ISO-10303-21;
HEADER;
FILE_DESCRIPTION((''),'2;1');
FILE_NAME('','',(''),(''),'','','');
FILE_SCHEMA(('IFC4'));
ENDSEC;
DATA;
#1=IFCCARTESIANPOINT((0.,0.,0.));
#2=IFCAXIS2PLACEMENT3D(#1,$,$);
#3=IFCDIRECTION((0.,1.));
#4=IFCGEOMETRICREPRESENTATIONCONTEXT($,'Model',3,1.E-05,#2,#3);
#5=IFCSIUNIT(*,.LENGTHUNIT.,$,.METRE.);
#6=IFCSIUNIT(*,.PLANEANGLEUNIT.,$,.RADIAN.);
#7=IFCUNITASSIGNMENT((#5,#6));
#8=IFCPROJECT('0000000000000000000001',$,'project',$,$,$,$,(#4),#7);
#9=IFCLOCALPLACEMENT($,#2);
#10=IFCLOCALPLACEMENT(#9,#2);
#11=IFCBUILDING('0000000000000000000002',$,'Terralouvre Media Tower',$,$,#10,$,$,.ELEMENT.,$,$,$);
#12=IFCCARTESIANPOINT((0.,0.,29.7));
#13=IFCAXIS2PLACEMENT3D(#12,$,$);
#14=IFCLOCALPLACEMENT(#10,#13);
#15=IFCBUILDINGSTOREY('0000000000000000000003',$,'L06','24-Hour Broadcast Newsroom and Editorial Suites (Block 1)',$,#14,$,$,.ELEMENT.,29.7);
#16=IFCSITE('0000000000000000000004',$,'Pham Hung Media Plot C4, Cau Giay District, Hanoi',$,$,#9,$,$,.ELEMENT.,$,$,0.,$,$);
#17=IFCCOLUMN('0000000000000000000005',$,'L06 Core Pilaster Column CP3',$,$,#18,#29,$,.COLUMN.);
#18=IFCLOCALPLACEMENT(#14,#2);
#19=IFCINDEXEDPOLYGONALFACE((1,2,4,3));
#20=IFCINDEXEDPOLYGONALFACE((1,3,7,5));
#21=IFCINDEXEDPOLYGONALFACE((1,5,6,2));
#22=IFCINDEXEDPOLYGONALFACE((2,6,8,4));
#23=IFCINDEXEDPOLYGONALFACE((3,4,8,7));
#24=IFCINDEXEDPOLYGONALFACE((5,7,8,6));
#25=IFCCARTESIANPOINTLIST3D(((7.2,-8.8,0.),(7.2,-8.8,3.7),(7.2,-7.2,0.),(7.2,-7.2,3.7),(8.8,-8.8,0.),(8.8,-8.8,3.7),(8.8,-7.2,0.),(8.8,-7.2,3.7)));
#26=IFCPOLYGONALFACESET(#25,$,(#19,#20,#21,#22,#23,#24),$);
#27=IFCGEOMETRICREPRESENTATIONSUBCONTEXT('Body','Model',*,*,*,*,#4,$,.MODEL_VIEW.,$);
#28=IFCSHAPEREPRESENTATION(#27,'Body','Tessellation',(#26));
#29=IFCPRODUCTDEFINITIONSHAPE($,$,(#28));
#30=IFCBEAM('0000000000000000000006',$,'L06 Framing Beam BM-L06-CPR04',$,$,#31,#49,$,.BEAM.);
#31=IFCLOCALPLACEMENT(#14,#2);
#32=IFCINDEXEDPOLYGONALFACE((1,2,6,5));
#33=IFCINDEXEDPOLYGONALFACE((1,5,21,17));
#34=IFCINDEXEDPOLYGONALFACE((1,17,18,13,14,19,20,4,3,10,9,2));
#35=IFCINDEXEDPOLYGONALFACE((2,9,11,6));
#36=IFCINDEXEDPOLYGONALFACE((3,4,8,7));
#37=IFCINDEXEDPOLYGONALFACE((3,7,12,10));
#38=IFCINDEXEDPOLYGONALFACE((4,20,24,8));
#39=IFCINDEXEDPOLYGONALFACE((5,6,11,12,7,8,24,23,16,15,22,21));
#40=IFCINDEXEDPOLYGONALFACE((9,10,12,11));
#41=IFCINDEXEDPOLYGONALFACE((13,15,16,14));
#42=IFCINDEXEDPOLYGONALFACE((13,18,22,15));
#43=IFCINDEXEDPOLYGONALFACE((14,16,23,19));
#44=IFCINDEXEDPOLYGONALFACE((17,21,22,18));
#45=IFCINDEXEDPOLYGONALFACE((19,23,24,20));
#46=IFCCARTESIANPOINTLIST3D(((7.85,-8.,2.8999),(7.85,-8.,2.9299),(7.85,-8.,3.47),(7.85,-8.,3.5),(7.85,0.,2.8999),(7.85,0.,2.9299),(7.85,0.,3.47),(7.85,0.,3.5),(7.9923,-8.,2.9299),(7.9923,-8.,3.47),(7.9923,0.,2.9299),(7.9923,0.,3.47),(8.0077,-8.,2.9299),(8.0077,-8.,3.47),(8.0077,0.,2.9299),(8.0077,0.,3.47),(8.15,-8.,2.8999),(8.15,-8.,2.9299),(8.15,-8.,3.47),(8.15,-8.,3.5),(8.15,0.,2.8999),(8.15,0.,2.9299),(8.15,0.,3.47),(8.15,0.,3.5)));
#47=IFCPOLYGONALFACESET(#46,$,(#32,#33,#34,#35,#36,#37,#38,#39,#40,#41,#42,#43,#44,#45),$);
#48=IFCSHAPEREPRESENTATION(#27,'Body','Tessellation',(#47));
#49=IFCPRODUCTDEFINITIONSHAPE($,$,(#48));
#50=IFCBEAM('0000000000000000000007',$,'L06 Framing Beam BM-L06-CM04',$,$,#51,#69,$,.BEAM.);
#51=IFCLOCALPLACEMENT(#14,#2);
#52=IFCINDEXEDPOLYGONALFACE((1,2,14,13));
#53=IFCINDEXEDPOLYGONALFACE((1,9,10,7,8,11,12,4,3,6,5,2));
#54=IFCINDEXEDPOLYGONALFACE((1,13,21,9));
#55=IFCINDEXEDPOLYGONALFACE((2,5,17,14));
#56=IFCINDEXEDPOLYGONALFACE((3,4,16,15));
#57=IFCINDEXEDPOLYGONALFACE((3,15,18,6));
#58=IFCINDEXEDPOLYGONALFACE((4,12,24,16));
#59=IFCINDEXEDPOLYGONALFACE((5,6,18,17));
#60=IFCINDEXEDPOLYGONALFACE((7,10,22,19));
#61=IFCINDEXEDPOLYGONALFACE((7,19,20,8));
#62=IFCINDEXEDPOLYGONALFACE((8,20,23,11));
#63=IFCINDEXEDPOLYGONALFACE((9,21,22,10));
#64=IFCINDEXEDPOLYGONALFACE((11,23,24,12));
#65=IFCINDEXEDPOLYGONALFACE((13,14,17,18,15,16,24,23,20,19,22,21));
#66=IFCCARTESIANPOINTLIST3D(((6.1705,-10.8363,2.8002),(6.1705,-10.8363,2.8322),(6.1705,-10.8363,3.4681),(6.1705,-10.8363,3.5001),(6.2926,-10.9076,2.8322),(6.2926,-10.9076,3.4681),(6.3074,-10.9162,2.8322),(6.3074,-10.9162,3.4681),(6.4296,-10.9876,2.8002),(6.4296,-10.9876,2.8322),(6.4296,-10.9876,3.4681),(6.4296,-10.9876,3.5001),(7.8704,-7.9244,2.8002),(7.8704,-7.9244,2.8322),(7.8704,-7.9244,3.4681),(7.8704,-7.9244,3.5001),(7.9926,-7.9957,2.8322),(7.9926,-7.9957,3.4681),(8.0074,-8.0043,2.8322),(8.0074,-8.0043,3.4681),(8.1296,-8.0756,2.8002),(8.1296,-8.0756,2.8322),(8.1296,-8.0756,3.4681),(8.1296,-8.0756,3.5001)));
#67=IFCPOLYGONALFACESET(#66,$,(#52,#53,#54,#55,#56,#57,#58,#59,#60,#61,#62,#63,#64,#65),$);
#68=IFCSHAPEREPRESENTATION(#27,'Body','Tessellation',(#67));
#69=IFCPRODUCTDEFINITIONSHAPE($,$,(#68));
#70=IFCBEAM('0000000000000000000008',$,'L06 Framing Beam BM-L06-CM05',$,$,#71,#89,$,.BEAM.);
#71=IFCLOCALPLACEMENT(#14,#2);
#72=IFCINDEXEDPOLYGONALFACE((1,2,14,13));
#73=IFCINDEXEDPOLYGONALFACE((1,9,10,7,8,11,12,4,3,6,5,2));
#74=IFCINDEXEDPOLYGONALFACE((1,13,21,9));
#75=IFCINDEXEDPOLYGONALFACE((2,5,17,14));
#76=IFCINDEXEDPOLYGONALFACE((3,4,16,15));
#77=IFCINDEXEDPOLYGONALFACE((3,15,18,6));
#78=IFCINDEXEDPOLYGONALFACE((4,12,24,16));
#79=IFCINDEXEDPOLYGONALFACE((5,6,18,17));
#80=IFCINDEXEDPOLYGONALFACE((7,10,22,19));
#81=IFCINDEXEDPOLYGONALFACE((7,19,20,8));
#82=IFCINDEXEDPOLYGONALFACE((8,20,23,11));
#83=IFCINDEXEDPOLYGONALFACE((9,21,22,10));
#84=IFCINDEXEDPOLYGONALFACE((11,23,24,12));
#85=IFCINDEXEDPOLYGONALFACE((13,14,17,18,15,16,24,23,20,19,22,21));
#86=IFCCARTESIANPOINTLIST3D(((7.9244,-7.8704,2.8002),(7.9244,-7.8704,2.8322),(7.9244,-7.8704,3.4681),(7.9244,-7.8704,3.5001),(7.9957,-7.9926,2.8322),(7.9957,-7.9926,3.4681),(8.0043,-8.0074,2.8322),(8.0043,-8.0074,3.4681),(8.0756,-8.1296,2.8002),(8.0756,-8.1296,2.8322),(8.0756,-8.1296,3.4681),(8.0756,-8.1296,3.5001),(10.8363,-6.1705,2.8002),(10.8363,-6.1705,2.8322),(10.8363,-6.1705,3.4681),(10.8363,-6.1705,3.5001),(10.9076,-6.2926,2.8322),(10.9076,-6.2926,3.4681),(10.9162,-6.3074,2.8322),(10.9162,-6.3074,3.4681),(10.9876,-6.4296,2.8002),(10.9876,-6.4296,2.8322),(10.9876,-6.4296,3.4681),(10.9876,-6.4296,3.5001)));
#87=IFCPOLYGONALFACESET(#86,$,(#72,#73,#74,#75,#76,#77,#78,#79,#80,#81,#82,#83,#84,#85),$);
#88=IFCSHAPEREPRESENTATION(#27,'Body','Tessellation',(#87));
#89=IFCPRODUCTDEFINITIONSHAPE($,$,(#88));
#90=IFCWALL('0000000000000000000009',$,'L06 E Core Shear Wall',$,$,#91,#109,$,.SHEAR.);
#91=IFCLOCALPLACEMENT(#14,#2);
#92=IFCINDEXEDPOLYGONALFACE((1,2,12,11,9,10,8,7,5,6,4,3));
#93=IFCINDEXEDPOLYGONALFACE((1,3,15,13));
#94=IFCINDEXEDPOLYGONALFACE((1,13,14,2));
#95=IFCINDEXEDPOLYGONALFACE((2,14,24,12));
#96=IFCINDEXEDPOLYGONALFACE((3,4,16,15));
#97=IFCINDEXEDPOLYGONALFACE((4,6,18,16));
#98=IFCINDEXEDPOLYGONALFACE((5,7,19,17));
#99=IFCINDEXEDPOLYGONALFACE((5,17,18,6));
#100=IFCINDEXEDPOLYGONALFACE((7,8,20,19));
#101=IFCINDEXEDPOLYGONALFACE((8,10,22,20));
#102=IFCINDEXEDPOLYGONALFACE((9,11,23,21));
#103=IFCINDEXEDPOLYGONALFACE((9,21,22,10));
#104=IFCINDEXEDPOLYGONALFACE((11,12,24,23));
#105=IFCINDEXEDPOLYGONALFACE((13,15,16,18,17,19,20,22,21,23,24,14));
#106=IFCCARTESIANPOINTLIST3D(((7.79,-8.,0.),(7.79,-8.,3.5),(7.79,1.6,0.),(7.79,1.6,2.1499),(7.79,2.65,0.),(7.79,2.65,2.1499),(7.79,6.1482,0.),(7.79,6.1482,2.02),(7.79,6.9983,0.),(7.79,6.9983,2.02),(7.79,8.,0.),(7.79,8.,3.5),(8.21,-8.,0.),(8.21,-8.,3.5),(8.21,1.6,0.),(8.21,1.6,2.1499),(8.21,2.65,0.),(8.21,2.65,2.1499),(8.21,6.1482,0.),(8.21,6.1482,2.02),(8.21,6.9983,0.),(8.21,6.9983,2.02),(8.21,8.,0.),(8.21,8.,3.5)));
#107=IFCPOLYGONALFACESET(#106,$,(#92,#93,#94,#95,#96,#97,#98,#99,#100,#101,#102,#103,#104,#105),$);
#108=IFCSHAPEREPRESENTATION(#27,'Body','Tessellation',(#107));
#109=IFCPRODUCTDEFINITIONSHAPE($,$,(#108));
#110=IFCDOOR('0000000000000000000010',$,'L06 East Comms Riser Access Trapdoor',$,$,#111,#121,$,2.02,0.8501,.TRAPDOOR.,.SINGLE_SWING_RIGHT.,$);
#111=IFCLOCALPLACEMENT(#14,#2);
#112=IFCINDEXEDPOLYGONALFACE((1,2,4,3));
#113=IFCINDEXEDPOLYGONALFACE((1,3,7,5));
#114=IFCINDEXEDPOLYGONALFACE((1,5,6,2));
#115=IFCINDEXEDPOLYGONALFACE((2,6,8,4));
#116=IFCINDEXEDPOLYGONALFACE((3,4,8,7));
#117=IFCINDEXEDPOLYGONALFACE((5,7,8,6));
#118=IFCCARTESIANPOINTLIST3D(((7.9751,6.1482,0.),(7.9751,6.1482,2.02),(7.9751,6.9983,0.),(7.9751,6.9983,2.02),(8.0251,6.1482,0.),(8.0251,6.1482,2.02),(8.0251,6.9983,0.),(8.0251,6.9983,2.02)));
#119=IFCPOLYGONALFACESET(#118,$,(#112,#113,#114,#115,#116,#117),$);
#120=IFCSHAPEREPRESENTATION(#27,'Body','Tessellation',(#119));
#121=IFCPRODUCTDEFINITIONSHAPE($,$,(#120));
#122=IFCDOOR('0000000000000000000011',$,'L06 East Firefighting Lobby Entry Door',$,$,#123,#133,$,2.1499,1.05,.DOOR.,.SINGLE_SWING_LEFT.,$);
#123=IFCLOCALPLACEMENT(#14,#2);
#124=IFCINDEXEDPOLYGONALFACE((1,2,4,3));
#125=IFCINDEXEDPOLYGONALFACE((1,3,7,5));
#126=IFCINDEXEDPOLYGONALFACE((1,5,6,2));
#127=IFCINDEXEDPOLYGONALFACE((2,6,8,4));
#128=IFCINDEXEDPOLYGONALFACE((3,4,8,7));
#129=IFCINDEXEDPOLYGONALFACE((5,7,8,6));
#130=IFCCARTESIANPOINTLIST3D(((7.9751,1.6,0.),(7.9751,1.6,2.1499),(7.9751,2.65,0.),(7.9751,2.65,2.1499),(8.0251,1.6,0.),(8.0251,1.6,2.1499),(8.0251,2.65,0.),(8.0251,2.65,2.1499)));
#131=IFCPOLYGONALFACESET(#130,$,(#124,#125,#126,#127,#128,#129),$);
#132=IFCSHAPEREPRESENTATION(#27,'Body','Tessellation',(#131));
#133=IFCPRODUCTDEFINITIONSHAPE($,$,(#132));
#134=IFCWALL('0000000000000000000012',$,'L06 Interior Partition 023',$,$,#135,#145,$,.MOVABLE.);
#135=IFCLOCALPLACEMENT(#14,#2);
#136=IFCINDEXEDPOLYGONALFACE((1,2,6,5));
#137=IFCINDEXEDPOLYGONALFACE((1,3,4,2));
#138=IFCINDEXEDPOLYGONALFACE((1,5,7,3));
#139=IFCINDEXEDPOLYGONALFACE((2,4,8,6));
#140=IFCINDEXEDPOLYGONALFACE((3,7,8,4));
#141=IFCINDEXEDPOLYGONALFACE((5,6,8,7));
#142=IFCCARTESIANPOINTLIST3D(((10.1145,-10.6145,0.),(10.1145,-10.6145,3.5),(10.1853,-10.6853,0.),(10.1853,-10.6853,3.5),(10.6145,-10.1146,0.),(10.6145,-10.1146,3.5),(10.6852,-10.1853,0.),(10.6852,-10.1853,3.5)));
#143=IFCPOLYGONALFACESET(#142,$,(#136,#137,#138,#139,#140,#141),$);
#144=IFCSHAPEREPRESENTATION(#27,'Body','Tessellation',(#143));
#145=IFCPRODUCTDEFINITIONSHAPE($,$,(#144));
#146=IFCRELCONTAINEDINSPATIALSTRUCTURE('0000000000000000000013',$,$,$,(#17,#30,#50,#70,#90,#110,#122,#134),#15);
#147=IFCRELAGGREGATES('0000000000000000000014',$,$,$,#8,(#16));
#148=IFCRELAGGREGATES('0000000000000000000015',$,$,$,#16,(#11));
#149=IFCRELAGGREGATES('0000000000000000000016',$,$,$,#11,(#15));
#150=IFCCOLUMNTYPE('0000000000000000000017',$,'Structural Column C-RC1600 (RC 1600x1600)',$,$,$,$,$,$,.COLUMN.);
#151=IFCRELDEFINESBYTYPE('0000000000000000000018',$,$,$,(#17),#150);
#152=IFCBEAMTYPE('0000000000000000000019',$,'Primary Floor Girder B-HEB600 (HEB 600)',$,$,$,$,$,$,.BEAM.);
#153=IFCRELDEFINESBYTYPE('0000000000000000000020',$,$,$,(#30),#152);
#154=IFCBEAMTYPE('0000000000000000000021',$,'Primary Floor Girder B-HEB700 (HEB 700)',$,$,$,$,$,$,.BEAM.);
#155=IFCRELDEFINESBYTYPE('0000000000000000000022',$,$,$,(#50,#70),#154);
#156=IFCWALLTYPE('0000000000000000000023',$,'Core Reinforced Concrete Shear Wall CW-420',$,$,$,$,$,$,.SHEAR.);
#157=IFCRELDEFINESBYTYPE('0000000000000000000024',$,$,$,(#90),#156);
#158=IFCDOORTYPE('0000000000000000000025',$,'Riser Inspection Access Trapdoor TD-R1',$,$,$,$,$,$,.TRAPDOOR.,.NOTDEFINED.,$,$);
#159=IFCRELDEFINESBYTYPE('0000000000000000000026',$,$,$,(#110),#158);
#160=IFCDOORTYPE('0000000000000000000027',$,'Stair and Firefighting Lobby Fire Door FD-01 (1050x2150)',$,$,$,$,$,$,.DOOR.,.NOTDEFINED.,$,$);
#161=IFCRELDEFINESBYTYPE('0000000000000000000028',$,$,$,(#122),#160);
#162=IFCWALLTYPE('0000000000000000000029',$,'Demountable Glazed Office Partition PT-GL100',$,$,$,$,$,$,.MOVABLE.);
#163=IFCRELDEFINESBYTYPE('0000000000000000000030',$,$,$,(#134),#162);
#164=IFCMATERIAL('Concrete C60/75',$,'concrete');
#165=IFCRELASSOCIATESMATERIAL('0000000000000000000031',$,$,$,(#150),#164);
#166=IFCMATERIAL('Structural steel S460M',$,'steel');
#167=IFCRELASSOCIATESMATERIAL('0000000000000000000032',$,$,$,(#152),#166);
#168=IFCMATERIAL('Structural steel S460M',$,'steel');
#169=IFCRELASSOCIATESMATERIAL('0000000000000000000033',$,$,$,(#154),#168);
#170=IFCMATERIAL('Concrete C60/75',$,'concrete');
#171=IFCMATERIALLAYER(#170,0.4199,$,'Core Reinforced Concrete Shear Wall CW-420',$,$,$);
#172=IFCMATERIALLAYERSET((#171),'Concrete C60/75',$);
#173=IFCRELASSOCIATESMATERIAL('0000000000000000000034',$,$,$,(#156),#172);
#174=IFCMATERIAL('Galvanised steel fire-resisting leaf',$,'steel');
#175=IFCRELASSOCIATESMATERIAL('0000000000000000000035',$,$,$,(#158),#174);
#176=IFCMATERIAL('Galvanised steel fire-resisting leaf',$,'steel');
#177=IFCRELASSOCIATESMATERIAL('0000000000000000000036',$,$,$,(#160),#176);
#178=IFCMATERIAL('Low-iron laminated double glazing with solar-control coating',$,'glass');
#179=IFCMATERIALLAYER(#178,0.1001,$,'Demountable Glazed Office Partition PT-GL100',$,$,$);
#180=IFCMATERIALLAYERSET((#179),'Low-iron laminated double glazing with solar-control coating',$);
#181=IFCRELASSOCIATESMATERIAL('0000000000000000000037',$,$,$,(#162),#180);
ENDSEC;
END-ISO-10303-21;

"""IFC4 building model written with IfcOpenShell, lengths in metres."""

from ifc_helpers import new_model, si_unit, direction, frame, frame_2d, origin, origin_2d, place, context, subcontext, project, spatial, rectangle, i_section, extrude, material, layer, layer_set, material_profile, profile_set, type_object, element, fill, save


model = new_model("IFC4")

# Units and contexts
model_context = context("Model", 3, precision=1e-05, world=origin(), true_north=direction((0.0, 1.0)))
body_context = subcontext(model_context, "Body", "Model", "MODEL_VIEW")
ifc_project = project(units=[si_unit("LENGTHUNIT", "METRE"), si_unit("PLANEANGLEUNIT", "RADIAN")], contexts=[model_context])

# Site, building, storey
site_placement = place(None, origin())
site = spatial("IfcSite", under=ifc_project, at=site_placement, Name="Pham Hung Media Plot C4, Cau Giay District, Hanoi", CompositionType="ELEMENT", RefElevation=0.0)
building_placement = place(site_placement, origin())
building = spatial("IfcBuilding", under=site, at=building_placement, Name="Terralouvre Media Tower", CompositionType="ELEMENT")
storey_placement = place(building_placement, frame((0.0, 0.0, 29.7)))
storey = spatial("IfcBuildingStorey", under=building, at=storey_placement, Name="L06", Description="24-Hour Broadcast Newsroom and Editorial Suites (Block 1)", CompositionType="ELEMENT", Elevation=29.7)

# Column
ifc_material_1 = material(Name="Concrete C60/75", Category="concrete")
ifc_material_profile_1 = material_profile(ifc_material_1, rectangle(XDim=1.6001, YDim=1.6001, at=origin_2d()), Name="RC 1600x1600")
ifc_profile_set_1 = profile_set([ifc_material_profile_1], Name="Concrete C60/75")
column_type = type_object("IfcColumnType", Name="Structural Column C-RC1600 (RC 1600x1600)", PredefinedType="COLUMN", material=ifc_profile_set_1)
column_placement = place(storey_placement, frame((8.0, -8.0, 0.0), z_axis=(0.0, 0.0, 1.0), x_axis=(1.0, 0.0, 0.0)))
element("IfcColumn", 1, at=column_placement, inside=storey, type_object=column_type, Name="L06 Core Pilaster Column CP3", PredefinedType="COLUMN", context=body_context, shape_type="SweptSolid", body=[
    extrude(rectangle(XDim=1.6001, YDim=1.6001, at=origin_2d()), origin(), (0.0, 0.0, 1.0), 3.7),
])

# Beams
ifc_material_2 = material(Name="Structural steel S460M", Category="steel")
ifc_material_profile_2 = material_profile(ifc_material_2, i_section(OverallWidth=0.3, OverallDepth=0.6001, WebThickness=0.0154, FlangeThickness=0.03, at=origin_2d()), Name="HEB 600")
ifc_profile_set_2 = profile_set([ifc_material_profile_2], Name="Structural steel S460M")
beam_type_1 = type_object("IfcBeamType", Name="Primary Floor Girder B-HEB600 (HEB 600)", PredefinedType="BEAM", material=ifc_profile_set_2)
beam_placement = place(storey_placement, frame((8.0, -8.0, 3.2), z_axis=(0.0, 1.0, 0.0), x_axis=(-1.0, 0.0, 0.0)))
element("IfcBeam", 2, at=beam_placement, inside=storey, type_object=beam_type_1, Name="L06 Framing Beam BM-L06-CPR04", PredefinedType="BEAM", context=body_context, shape_type="SweptSolid", body=[
    extrude(i_section(OverallWidth=0.3, OverallDepth=0.6001, WebThickness=0.0154, FlangeThickness=0.03, at=origin_2d()), origin(), (0.0, 0.0, 1.0), 8.0),
])
ifc_material_3 = material(Name="Structural steel S460M", Category="steel")
ifc_material_profile_3 = material_profile(ifc_material_3, i_section(OverallWidth=0.3, OverallDepth=0.7, WebThickness=0.0171, FlangeThickness=0.032, at=origin_2d()), Name="HEB 700")
ifc_profile_set_3 = profile_set([ifc_material_profile_3], Name="Structural steel S460M")
beam_type_2 = type_object("IfcBeamType", Name="Primary Floor Girder B-HEB700 (HEB 700)", PredefinedType="BEAM", material=ifc_profile_set_3)
for number, where, z_axis, x_axis, name in (
    (3, (8.0, -8.0, 3.1501), (-0.504173, -0.863603, 0.0), (0.863603, -0.504173, 0.0), "L06 Framing Beam BM-L06-CM04"),
    (4, (8.0, -8.0, 3.1501), (0.863603, 0.504173, 0.0), (-0.504173, 0.863603, 0.0), "L06 Framing Beam BM-L06-CM05"),
):
    element("IfcBeam", number, at=place(storey_placement, frame(where, z_axis=z_axis, x_axis=x_axis)), inside=storey, type_object=beam_type_2, Name=name, PredefinedType="BEAM", context=body_context, shape_type="SweptSolid", body=[
        extrude(i_section(OverallWidth=0.3, OverallDepth=0.7, WebThickness=0.0171, FlangeThickness=0.032, at=origin_2d()), origin(), (0.0, 0.0, 1.0), 3.3718),
    ])

# Wall, openings, doors
ifc_material_4 = material(Name="Concrete C60/75", Category="concrete")
ifc_layer_1 = layer(ifc_material_4, 0.4199, Name="Core Reinforced Concrete Shear Wall CW-420")
ifc_layer_set_1 = layer_set([ifc_layer_1], Name="Concrete C60/75")
wall_type_1 = type_object("IfcWallType", Name="Core Reinforced Concrete Shear Wall CW-420", PredefinedType="SHEAR", material=ifc_layer_set_1)
wall_1_placement = place(storey_placement, frame((8.0, -8.0, 0.0), z_axis=(0.0, 0.0, 1.0), x_axis=(0.0, 1.0, 0.0)))
wall_1 = element("IfcWall", 5, at=wall_1_placement, inside=storey, type_object=wall_type_1, Name="L06 E Core Shear Wall", PredefinedType="SHEAR", context=body_context, shape_type="SweptSolid", body=[
    extrude(rectangle(XDim=16.0, YDim=0.4199, at=frame_2d((8.0, 0.0))), origin(), (0.0, 0.0, 1.0), 3.5),
])
opening_1_placement = place(wall_1_placement, frame((9.6001, 0.0, 0.0)))
opening_1 = element("IfcOpeningElement", 6, at=opening_1_placement, cuts=wall_1, PredefinedType="OPENING", context=body_context, shape_type="SweptSolid", body=[
    extrude(rectangle(XDim=1.05, YDim=2.1499, at=frame_2d((0.5249, 1.075))), frame((0.0, 0.22, 0.0), z_axis=(0.0, -1.0, 0.0), x_axis=(1.0, 0.0, 0.0)), (0.0, 0.0, 1.0), 0.4399),
])
opening_2_placement = place(wall_1_placement, frame((14.1482, 0.0, 0.0)))
opening_2 = element("IfcOpeningElement", 7, at=opening_2_placement, cuts=wall_1, PredefinedType="OPENING", context=body_context, shape_type="SweptSolid", body=[
    extrude(rectangle(XDim=0.8501, YDim=2.02, at=frame_2d((0.425, 1.01))), frame((0.0, 0.22, 0.0), z_axis=(0.0, -1.0, 0.0), x_axis=(1.0, 0.0, 0.0)), (0.0, 0.0, 1.0), 0.4399),
])
ifc_material_5 = material(Name="Galvanised steel fire-resisting leaf", Category="steel")
door_type_1 = type_object("IfcDoorType", Name="Riser Inspection Access Trapdoor TD-R1", OperationType="NOTDEFINED", PredefinedType="TRAPDOOR", material=ifc_material_5)
door_1_placement = place(opening_2_placement, origin())
door_1 = element("IfcDoor", 8, at=door_1_placement, inside=storey, type_object=door_type_1, Name="L06 East Comms Riser Access Trapdoor", OperationType="SINGLE_SWING_RIGHT", OverallHeight=2.02, OverallWidth=0.8501, PredefinedType="TRAPDOOR", context=body_context, shape_type="SweptSolid", body=[
    extrude(rectangle(XDim=0.8501, YDim=2.02, at=frame_2d((0.425, 1.01))), frame((0.0, 0.0249, 0.0), z_axis=(0.0, -1.0, 0.0), x_axis=(1.0, 0.0, 0.0)), (0.0, 0.0, 1.0), 0.05),
])
fill(opening_2, door_1)
ifc_material_6 = material(Name="Galvanised steel fire-resisting leaf", Category="steel")
door_type_2 = type_object("IfcDoorType", Name="Stair and Firefighting Lobby Fire Door FD-01 (1050x2150)", OperationType="NOTDEFINED", PredefinedType="DOOR", material=ifc_material_6)
door_2_placement = place(opening_1_placement, origin())
door_2 = element("IfcDoor", 9, at=door_2_placement, inside=storey, type_object=door_type_2, Name="L06 East Firefighting Lobby Entry Door", OperationType="SINGLE_SWING_LEFT", OverallHeight=2.1499, OverallWidth=1.05, PredefinedType="DOOR", context=body_context, shape_type="SweptSolid", body=[
    extrude(rectangle(XDim=1.05, YDim=2.1499, at=frame_2d((0.5249, 1.075))), frame((0.0, 0.0249, 0.0), z_axis=(0.0, -1.0, 0.0), x_axis=(1.0, 0.0, 0.0)), (0.0, 0.0, 1.0), 0.05),
])
fill(opening_1, door_2)

# Wall
ifc_material_7 = material(Name="Low-iron laminated double glazing with solar-control coating", Category="glass")
ifc_layer_2 = layer(ifc_material_7, 0.1001, Name="Demountable Glazed Office Partition PT-GL100")
ifc_layer_set_2 = layer_set([ifc_layer_2], Name="Low-iron laminated double glazing with solar-control coating")
wall_type_2 = type_object("IfcWallType", Name="Demountable Glazed Office Partition PT-GL100", PredefinedType="MOVABLE", material=ifc_layer_set_2)
wall_2_placement = place(storey_placement, frame((10.1499, -10.6499, 0.0), z_axis=(0.0, 0.0, 1.0), x_axis=(0.707107, 0.707107, 0.0)))
element("IfcWall", 10, at=wall_2_placement, inside=storey, type_object=wall_type_2, Name="L06 Interior Partition 023", PredefinedType="MOVABLE", context=body_context, shape_type="SweptSolid", body=[
    extrude(rectangle(XDim=0.707, YDim=0.1001, at=frame_2d((0.3535, 0.0))), origin(), (0.0, 0.0, 1.0), 3.5),
])

save(model, "model.ifc")
